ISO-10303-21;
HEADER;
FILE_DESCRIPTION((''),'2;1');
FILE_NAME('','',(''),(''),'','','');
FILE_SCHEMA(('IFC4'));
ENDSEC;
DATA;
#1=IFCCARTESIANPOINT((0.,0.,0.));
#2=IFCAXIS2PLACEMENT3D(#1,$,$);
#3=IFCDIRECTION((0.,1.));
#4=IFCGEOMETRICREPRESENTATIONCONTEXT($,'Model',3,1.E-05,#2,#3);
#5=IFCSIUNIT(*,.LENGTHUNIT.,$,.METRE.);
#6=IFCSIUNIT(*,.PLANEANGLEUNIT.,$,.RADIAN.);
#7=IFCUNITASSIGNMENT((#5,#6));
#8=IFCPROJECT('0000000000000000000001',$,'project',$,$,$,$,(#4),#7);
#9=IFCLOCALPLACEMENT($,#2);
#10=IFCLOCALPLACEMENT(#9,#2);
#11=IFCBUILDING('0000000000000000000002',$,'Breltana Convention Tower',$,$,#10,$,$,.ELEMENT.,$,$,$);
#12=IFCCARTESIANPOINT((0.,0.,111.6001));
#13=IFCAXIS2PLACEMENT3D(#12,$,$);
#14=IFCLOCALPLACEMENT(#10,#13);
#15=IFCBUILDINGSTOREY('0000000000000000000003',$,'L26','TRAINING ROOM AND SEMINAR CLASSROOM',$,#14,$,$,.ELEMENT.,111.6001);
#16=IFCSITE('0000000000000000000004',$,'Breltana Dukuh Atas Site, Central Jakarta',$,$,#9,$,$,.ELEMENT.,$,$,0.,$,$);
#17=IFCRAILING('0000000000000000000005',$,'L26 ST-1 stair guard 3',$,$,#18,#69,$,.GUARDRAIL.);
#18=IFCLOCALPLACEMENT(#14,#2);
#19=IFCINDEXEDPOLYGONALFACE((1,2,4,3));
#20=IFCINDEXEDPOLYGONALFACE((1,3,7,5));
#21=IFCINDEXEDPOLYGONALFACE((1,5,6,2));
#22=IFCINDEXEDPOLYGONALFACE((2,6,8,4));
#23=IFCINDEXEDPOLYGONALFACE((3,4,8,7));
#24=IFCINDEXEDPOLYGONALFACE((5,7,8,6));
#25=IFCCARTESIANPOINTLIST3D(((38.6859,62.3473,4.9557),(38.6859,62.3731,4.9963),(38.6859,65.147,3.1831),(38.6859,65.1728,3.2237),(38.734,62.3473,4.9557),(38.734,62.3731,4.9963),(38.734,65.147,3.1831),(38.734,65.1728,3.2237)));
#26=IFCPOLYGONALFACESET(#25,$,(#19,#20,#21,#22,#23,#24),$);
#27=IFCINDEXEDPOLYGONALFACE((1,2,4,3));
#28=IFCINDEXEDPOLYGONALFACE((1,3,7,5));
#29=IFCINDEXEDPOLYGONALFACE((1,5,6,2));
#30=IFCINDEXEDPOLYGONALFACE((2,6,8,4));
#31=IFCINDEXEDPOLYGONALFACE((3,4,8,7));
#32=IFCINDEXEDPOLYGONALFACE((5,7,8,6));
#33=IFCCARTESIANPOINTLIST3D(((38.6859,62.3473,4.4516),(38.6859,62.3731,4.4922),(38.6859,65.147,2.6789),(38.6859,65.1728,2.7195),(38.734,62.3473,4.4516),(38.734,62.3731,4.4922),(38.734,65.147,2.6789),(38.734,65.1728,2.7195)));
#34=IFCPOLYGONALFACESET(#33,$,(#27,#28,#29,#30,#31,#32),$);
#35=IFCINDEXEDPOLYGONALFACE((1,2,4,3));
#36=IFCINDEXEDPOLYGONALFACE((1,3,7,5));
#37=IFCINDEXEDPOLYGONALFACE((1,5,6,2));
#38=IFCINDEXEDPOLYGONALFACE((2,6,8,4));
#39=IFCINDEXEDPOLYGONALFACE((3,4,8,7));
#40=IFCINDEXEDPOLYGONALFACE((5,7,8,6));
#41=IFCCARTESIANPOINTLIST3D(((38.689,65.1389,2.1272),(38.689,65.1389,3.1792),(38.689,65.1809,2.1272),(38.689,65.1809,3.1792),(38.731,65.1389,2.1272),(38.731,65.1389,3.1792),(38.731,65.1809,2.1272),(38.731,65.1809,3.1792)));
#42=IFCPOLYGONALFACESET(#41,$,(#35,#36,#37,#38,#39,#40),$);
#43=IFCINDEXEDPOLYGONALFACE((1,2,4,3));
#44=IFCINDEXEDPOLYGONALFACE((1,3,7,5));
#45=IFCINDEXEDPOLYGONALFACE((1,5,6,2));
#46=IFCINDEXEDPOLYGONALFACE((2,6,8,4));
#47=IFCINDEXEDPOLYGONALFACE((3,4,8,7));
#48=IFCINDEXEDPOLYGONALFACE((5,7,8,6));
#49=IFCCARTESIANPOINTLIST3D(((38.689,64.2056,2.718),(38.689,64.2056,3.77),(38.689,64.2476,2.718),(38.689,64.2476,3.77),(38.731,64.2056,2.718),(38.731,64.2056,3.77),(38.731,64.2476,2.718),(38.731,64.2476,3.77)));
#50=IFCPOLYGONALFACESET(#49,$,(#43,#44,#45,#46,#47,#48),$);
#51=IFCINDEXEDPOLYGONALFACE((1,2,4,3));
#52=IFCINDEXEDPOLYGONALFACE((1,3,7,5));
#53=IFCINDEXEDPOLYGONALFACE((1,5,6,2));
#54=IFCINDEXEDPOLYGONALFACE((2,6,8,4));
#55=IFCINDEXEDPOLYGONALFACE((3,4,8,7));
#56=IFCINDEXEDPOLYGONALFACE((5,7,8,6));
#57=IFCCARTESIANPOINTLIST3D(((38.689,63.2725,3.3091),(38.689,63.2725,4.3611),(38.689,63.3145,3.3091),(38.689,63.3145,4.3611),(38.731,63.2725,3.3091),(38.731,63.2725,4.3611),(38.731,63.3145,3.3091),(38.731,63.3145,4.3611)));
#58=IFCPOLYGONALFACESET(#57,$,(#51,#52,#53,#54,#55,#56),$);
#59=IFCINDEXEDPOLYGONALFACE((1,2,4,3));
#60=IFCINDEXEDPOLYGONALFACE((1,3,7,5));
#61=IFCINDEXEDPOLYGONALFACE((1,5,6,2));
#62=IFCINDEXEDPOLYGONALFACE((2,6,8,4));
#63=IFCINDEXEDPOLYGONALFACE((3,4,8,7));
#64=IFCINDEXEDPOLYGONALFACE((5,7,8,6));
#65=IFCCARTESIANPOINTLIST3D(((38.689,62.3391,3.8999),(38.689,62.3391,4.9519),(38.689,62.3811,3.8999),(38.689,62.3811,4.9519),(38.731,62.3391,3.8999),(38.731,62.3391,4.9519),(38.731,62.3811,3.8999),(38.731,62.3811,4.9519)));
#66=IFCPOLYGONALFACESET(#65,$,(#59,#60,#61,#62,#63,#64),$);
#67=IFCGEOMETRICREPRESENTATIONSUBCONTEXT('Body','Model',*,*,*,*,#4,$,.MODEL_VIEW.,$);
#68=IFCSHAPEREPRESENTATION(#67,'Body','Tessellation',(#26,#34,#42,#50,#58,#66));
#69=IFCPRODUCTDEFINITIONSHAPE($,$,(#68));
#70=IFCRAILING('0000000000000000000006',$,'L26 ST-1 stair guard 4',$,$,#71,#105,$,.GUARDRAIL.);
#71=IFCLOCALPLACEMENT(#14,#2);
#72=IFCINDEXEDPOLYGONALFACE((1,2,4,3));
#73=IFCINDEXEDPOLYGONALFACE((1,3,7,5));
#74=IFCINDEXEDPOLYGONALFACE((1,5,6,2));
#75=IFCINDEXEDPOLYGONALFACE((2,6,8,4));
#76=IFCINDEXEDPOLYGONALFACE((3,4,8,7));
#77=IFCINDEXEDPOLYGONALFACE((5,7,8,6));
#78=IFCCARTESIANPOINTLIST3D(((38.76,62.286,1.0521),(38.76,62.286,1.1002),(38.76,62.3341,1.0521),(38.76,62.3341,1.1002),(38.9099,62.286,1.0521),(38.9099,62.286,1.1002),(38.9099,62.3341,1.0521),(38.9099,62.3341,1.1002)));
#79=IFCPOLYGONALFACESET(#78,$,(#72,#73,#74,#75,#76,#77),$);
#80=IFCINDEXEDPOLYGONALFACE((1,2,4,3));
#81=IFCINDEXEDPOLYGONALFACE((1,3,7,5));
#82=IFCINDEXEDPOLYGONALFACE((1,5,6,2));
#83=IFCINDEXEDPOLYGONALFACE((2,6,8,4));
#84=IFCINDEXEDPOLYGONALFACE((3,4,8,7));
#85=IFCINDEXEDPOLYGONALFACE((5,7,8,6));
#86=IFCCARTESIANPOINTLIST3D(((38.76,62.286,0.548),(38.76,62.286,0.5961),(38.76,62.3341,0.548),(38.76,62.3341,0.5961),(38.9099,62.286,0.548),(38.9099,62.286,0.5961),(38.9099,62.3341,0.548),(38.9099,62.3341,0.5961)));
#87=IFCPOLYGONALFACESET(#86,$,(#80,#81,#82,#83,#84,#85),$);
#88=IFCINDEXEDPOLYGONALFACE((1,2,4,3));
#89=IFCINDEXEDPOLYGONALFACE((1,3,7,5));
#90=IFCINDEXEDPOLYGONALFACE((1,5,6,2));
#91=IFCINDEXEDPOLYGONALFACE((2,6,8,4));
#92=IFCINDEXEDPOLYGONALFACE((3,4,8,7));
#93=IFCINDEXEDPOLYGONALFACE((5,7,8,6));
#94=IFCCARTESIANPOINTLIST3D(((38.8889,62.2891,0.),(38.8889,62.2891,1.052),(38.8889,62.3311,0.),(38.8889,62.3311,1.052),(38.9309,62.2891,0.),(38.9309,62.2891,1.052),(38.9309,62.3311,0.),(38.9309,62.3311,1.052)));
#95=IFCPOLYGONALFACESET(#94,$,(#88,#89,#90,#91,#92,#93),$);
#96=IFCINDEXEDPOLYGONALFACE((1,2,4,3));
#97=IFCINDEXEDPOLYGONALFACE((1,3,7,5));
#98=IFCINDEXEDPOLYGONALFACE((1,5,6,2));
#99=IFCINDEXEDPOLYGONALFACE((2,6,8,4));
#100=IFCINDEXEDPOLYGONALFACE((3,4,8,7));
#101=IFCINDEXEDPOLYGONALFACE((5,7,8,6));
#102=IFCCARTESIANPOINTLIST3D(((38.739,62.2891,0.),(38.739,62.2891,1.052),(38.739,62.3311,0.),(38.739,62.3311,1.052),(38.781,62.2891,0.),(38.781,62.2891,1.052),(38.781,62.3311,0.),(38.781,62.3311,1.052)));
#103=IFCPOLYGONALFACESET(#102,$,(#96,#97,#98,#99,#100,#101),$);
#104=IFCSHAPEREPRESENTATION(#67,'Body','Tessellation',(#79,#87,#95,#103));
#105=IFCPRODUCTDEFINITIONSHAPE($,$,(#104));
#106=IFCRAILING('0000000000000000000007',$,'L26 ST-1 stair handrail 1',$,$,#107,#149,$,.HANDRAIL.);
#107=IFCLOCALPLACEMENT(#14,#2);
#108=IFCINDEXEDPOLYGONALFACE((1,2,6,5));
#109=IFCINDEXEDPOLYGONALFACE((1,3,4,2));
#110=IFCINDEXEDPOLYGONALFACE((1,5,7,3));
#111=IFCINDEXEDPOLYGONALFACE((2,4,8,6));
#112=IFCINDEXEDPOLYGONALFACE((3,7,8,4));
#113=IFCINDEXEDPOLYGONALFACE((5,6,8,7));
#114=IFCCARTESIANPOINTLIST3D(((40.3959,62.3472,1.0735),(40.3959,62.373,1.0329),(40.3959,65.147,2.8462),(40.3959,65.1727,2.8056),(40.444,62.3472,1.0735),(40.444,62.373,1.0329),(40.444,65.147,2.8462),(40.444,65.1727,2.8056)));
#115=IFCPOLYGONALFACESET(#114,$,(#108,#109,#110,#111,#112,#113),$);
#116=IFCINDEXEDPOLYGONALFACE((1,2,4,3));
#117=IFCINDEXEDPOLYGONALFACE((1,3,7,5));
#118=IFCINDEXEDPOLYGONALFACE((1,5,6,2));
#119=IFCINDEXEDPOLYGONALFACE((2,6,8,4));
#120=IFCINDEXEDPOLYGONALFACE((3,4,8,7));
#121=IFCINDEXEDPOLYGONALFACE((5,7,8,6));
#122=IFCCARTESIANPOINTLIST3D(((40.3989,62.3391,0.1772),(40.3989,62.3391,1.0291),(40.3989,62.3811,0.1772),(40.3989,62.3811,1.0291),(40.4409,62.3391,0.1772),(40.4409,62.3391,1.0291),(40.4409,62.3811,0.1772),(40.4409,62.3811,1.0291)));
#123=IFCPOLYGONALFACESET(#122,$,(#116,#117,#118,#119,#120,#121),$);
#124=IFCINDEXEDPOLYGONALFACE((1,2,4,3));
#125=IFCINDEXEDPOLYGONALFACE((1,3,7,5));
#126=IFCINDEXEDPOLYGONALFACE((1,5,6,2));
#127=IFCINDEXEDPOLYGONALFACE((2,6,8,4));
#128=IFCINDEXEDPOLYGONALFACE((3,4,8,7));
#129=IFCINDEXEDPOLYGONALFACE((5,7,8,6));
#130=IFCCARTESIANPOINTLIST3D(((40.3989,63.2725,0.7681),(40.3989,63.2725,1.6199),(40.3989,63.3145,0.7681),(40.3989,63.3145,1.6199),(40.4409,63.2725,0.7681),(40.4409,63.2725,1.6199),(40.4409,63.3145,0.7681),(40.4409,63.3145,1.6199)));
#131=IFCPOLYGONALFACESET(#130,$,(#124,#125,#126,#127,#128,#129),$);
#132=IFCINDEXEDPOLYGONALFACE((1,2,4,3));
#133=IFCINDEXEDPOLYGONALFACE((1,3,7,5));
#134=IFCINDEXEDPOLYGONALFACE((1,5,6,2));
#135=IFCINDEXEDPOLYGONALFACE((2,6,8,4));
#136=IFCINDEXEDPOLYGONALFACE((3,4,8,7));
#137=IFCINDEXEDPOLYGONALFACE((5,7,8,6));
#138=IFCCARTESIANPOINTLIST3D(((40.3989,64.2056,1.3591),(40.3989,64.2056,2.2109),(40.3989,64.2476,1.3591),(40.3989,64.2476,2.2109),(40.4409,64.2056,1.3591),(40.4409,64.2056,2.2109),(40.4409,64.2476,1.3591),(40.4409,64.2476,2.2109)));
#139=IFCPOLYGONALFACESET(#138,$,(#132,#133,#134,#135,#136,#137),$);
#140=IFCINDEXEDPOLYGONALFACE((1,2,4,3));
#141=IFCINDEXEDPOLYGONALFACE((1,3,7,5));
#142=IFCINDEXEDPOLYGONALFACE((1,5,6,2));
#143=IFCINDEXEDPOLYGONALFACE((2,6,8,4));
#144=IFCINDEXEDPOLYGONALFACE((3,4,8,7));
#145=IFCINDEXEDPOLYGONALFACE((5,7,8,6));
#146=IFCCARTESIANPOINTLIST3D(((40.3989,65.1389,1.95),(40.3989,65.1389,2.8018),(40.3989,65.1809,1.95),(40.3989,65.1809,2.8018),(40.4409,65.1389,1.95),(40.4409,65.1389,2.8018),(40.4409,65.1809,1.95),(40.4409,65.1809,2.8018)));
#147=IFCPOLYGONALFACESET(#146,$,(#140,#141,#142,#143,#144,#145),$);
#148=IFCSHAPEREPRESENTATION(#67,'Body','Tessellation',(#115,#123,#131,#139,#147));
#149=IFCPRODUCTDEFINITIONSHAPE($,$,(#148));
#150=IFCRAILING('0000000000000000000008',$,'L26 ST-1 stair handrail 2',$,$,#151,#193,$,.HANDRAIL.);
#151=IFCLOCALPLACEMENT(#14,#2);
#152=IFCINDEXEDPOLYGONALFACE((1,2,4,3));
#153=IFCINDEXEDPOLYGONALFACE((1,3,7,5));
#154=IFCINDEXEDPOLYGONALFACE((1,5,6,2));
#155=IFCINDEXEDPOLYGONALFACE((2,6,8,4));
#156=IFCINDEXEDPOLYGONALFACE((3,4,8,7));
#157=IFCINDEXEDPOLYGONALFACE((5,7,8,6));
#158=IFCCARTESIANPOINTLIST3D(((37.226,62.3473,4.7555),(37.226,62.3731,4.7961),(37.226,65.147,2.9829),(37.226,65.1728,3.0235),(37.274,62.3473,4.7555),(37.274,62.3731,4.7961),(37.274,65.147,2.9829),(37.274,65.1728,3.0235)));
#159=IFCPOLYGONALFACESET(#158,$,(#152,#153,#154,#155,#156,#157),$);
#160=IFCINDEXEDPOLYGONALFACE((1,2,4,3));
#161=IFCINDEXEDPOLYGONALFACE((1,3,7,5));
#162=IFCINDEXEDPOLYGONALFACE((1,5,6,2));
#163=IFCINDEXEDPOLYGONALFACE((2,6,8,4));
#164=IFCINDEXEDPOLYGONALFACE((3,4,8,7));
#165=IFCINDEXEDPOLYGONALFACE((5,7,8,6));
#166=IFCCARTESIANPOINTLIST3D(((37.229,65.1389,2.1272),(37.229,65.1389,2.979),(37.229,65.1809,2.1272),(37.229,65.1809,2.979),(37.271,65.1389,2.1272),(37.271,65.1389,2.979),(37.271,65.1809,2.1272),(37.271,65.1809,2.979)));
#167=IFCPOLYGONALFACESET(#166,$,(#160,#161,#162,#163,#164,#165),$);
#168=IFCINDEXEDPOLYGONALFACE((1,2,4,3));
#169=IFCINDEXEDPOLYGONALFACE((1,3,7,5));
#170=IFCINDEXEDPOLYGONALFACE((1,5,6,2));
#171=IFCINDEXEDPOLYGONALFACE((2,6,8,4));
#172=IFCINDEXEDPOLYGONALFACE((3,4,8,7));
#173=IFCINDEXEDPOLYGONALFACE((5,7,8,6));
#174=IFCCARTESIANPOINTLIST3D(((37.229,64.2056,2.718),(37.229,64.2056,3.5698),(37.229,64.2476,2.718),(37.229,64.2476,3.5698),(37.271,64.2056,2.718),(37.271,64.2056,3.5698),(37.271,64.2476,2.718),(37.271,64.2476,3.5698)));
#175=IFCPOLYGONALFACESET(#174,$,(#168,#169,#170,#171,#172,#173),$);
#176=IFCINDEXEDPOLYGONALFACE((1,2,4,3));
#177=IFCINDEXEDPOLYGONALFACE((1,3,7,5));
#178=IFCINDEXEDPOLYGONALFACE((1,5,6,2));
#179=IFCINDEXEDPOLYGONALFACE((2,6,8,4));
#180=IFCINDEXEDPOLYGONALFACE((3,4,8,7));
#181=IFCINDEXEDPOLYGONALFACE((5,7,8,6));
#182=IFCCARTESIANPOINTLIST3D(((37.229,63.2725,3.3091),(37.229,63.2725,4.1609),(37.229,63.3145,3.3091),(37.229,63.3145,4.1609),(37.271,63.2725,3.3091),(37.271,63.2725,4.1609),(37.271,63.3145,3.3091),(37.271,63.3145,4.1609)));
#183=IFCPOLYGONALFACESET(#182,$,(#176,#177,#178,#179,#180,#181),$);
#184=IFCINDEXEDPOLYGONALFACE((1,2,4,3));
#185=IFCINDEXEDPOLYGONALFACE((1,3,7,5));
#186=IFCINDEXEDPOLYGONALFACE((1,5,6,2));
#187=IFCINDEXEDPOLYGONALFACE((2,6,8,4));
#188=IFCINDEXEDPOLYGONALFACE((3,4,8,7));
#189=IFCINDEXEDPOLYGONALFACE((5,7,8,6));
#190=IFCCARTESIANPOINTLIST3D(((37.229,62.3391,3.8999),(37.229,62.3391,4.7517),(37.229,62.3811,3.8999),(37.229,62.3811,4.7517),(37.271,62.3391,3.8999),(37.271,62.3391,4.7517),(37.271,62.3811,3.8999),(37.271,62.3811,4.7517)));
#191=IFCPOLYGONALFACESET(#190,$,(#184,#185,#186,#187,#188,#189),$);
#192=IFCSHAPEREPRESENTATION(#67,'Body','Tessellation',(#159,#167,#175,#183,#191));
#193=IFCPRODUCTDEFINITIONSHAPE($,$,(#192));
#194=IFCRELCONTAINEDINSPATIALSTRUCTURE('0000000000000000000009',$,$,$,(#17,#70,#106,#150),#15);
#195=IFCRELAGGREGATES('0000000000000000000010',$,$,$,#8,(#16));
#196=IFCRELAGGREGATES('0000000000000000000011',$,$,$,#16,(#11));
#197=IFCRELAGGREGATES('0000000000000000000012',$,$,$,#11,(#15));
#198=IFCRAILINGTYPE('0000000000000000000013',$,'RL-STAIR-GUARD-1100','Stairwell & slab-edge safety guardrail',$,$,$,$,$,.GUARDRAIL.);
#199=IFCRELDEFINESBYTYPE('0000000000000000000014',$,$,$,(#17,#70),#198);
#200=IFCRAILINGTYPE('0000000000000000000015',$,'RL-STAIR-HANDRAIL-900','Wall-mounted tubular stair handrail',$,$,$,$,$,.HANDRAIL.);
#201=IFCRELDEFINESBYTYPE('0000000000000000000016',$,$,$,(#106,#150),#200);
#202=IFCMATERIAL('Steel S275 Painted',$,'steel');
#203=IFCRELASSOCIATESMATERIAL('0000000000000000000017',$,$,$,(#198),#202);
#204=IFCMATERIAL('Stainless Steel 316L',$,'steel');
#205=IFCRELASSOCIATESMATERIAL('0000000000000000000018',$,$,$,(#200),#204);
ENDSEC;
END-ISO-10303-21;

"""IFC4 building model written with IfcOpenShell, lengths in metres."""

from ifc_helpers import new_model, si_unit, direction, frame, origin, origin_2d, place, context, subcontext, project, spatial, rectangle, extrude, material, type_object, element, save


model = new_model("IFC4")

# Units and contexts
model_context = context("Model", 3, precision=1e-05, world=origin(), true_north=direction((0.0, 1.0)))
body_context = subcontext(model_context, "Body", "Model", "MODEL_VIEW")
ifc_project = project(units=[si_unit("LENGTHUNIT", "METRE"), si_unit("PLANEANGLEUNIT", "RADIAN")], contexts=[model_context])

# Site, building, storey
site_placement = place(None, origin())
site = spatial("IfcSite", under=ifc_project, at=site_placement, Name="Breltana Dukuh Atas Site, Central Jakarta", CompositionType="ELEMENT", RefElevation=0.0)
building_placement = place(site_placement, origin())
building = spatial("IfcBuilding", under=site, at=building_placement, Name="Breltana Convention Tower", CompositionType="ELEMENT")
storey_placement = place(building_placement, frame((0.0, 0.0, 111.6001)))
storey = spatial("IfcBuildingStorey", under=building, at=storey_placement, Name="L26", Description="TRAINING ROOM AND SEMINAR CLASSROOM", CompositionType="ELEMENT", Elevation=111.6001)

# Railings
ifc_material_1 = material(Name="Steel S275 Painted", Category="steel")
railing_type_1 = type_object("IfcRailingType", Name="RL-STAIR-GUARD-1100", Description="Stairwell & slab-edge safety guardrail", PredefinedType="GUARDRAIL", material=ifc_material_1)
railing_1_placement = place(storey_placement, frame((38.71, 65.1599, 2.1272)))
element("IfcRailing", 1, at=railing_1_placement, inside=storey, type_object=railing_type_1, Name="L26 ST-1 stair guard 3", PredefinedType="GUARDRAIL", context=body_context, shape_type="SweptSolid", body=[
    extrude(rectangle(XDim=0.0481, YDim=0.0481, at=origin_2d()), frame((0.0, 0.0, 1.0762), z_axis=(0.0, -0.844888, 0.534943), x_axis=(1.0, 0.0, 0.0)), (0.0, 0.0, 1.0), 3.3137),
    extrude(rectangle(XDim=0.0481, YDim=0.0481, at=origin_2d()), frame((0.0, 0.0, 0.572), z_axis=(0.0, -0.844888, 0.534943), x_axis=(1.0, 0.0, 0.0)), (0.0, 0.0, 1.0), 3.3137),
    extrude(rectangle(XDim=0.042, YDim=0.042, at=origin_2d()), origin(), (0.0, 0.0, 1.0), 1.052),
    extrude(rectangle(XDim=0.042, YDim=0.042, at=origin_2d()), frame((0.0, -0.9333, 0.5908)), (0.0, 0.0, 1.0), 1.052),
    extrude(rectangle(XDim=0.042, YDim=0.042, at=origin_2d()), frame((0.0, -1.8665, 1.1819)), (0.0, 0.0, 1.0), 1.052),
    extrude(rectangle(XDim=0.042, YDim=0.042, at=origin_2d()), frame((0.0, -2.7998, 1.7727)), (0.0, 0.0, 1.0), 1.052),
])
railing_2_placement = place(storey_placement, frame((38.9099, 62.3101, 0.0)))
element("IfcRailing", 2, at=railing_2_placement, inside=storey, type_object=railing_type_1, Name="L26 ST-1 stair guard 4", PredefinedType="GUARDRAIL", context=body_context, shape_type="SweptSolid", body=[
    extrude(rectangle(XDim=0.0481, YDim=0.0481, at=origin_2d()), frame((0.0, 0.0, 1.0762), z_axis=(-1.0, 0.0, 0.0), x_axis=(0.0, -1.0, 0.0)), (0.0, 0.0, 1.0), 0.1499),
    extrude(rectangle(XDim=0.0481, YDim=0.0481, at=origin_2d()), frame((0.0, 0.0, 0.572), z_axis=(-1.0, 0.0, 0.0), x_axis=(0.0, -1.0, 0.0)), (0.0, 0.0, 1.0), 0.1499),
    extrude(rectangle(XDim=0.042, YDim=0.042, at=origin_2d()), origin(), (0.0, 0.0, 1.0), 1.052),
    extrude(rectangle(XDim=0.042, YDim=0.042, at=origin_2d()), frame((-0.1499, 0.0, 0.0)), (0.0, 0.0, 1.0), 1.052),
])
ifc_material_2 = material(Name="Stainless Steel 316L", Category="steel")
railing_type_2 = type_object("IfcRailingType", Name="RL-STAIR-HANDRAIL-900", Description="Wall-mounted tubular stair handrail", PredefinedType="HANDRAIL", material=ifc_material_2)
railing_3_placement = place(storey_placement, frame((40.4199, 62.3601, 0.1772)))
element("IfcRailing", 3, at=railing_3_placement, inside=storey, type_object=railing_type_2, Name="L26 ST-1 stair handrail 1", PredefinedType="HANDRAIL", context=body_context, shape_type="SweptSolid", body=[
    extrude(rectangle(XDim=0.0481, YDim=0.0481, at=origin_2d()), frame((0.0, 0.0, 0.876), z_axis=(0.0, 0.844888, 0.534943), x_axis=(-1.0, 0.0, 0.0)), (0.0, 0.0, 1.0), 3.3137),
    extrude(rectangle(XDim=0.042, YDim=0.042, at=origin_2d()), origin(), (0.0, 0.0, 1.0), 0.8518),
    extrude(rectangle(XDim=0.042, YDim=0.042, at=origin_2d()), frame((0.0, 0.9333, 0.5908)), (0.0, 0.0, 1.0), 0.8518),
    extrude(rectangle(XDim=0.042, YDim=0.042, at=origin_2d()), frame((0.0, 1.8665, 1.1819)), (0.0, 0.0, 1.0), 0.8518),
    extrude(rectangle(XDim=0.042, YDim=0.042, at=origin_2d()), frame((0.0, 2.7998, 1.7727)), (0.0, 0.0, 1.0), 0.8518),
])
railing_4_placement = place(storey_placement, frame((37.25, 65.1599, 2.1272)))
element("IfcRailing", 4, at=railing_4_placement, inside=storey, type_object=railing_type_2, Name="L26 ST-1 stair handrail 2", PredefinedType="HANDRAIL", context=body_context, shape_type="SweptSolid", body=[
    extrude(rectangle(XDim=0.0481, YDim=0.0481, at=origin_2d()), frame((0.0, 0.0, 0.876), z_axis=(0.0, -0.844888, 0.534943), x_axis=(1.0, 0.0, 0.0)), (0.0, 0.0, 1.0), 3.3137),
    extrude(rectangle(XDim=0.042, YDim=0.042, at=origin_2d()), origin(), (0.0, 0.0, 1.0), 0.8518),
    extrude(rectangle(XDim=0.042, YDim=0.042, at=origin_2d()), frame((0.0, -0.9333, 0.5908)), (0.0, 0.0, 1.0), 0.8518),
    extrude(rectangle(XDim=0.042, YDim=0.042, at=origin_2d()), frame((0.0, -1.8665, 1.1819)), (0.0, 0.0, 1.0), 0.8518),
    extrude(rectangle(XDim=0.042, YDim=0.042, at=origin_2d()), frame((0.0, -2.7998, 1.7727)), (0.0, 0.0, 1.0), 0.8518),
])

save(model, "model.ifc")
